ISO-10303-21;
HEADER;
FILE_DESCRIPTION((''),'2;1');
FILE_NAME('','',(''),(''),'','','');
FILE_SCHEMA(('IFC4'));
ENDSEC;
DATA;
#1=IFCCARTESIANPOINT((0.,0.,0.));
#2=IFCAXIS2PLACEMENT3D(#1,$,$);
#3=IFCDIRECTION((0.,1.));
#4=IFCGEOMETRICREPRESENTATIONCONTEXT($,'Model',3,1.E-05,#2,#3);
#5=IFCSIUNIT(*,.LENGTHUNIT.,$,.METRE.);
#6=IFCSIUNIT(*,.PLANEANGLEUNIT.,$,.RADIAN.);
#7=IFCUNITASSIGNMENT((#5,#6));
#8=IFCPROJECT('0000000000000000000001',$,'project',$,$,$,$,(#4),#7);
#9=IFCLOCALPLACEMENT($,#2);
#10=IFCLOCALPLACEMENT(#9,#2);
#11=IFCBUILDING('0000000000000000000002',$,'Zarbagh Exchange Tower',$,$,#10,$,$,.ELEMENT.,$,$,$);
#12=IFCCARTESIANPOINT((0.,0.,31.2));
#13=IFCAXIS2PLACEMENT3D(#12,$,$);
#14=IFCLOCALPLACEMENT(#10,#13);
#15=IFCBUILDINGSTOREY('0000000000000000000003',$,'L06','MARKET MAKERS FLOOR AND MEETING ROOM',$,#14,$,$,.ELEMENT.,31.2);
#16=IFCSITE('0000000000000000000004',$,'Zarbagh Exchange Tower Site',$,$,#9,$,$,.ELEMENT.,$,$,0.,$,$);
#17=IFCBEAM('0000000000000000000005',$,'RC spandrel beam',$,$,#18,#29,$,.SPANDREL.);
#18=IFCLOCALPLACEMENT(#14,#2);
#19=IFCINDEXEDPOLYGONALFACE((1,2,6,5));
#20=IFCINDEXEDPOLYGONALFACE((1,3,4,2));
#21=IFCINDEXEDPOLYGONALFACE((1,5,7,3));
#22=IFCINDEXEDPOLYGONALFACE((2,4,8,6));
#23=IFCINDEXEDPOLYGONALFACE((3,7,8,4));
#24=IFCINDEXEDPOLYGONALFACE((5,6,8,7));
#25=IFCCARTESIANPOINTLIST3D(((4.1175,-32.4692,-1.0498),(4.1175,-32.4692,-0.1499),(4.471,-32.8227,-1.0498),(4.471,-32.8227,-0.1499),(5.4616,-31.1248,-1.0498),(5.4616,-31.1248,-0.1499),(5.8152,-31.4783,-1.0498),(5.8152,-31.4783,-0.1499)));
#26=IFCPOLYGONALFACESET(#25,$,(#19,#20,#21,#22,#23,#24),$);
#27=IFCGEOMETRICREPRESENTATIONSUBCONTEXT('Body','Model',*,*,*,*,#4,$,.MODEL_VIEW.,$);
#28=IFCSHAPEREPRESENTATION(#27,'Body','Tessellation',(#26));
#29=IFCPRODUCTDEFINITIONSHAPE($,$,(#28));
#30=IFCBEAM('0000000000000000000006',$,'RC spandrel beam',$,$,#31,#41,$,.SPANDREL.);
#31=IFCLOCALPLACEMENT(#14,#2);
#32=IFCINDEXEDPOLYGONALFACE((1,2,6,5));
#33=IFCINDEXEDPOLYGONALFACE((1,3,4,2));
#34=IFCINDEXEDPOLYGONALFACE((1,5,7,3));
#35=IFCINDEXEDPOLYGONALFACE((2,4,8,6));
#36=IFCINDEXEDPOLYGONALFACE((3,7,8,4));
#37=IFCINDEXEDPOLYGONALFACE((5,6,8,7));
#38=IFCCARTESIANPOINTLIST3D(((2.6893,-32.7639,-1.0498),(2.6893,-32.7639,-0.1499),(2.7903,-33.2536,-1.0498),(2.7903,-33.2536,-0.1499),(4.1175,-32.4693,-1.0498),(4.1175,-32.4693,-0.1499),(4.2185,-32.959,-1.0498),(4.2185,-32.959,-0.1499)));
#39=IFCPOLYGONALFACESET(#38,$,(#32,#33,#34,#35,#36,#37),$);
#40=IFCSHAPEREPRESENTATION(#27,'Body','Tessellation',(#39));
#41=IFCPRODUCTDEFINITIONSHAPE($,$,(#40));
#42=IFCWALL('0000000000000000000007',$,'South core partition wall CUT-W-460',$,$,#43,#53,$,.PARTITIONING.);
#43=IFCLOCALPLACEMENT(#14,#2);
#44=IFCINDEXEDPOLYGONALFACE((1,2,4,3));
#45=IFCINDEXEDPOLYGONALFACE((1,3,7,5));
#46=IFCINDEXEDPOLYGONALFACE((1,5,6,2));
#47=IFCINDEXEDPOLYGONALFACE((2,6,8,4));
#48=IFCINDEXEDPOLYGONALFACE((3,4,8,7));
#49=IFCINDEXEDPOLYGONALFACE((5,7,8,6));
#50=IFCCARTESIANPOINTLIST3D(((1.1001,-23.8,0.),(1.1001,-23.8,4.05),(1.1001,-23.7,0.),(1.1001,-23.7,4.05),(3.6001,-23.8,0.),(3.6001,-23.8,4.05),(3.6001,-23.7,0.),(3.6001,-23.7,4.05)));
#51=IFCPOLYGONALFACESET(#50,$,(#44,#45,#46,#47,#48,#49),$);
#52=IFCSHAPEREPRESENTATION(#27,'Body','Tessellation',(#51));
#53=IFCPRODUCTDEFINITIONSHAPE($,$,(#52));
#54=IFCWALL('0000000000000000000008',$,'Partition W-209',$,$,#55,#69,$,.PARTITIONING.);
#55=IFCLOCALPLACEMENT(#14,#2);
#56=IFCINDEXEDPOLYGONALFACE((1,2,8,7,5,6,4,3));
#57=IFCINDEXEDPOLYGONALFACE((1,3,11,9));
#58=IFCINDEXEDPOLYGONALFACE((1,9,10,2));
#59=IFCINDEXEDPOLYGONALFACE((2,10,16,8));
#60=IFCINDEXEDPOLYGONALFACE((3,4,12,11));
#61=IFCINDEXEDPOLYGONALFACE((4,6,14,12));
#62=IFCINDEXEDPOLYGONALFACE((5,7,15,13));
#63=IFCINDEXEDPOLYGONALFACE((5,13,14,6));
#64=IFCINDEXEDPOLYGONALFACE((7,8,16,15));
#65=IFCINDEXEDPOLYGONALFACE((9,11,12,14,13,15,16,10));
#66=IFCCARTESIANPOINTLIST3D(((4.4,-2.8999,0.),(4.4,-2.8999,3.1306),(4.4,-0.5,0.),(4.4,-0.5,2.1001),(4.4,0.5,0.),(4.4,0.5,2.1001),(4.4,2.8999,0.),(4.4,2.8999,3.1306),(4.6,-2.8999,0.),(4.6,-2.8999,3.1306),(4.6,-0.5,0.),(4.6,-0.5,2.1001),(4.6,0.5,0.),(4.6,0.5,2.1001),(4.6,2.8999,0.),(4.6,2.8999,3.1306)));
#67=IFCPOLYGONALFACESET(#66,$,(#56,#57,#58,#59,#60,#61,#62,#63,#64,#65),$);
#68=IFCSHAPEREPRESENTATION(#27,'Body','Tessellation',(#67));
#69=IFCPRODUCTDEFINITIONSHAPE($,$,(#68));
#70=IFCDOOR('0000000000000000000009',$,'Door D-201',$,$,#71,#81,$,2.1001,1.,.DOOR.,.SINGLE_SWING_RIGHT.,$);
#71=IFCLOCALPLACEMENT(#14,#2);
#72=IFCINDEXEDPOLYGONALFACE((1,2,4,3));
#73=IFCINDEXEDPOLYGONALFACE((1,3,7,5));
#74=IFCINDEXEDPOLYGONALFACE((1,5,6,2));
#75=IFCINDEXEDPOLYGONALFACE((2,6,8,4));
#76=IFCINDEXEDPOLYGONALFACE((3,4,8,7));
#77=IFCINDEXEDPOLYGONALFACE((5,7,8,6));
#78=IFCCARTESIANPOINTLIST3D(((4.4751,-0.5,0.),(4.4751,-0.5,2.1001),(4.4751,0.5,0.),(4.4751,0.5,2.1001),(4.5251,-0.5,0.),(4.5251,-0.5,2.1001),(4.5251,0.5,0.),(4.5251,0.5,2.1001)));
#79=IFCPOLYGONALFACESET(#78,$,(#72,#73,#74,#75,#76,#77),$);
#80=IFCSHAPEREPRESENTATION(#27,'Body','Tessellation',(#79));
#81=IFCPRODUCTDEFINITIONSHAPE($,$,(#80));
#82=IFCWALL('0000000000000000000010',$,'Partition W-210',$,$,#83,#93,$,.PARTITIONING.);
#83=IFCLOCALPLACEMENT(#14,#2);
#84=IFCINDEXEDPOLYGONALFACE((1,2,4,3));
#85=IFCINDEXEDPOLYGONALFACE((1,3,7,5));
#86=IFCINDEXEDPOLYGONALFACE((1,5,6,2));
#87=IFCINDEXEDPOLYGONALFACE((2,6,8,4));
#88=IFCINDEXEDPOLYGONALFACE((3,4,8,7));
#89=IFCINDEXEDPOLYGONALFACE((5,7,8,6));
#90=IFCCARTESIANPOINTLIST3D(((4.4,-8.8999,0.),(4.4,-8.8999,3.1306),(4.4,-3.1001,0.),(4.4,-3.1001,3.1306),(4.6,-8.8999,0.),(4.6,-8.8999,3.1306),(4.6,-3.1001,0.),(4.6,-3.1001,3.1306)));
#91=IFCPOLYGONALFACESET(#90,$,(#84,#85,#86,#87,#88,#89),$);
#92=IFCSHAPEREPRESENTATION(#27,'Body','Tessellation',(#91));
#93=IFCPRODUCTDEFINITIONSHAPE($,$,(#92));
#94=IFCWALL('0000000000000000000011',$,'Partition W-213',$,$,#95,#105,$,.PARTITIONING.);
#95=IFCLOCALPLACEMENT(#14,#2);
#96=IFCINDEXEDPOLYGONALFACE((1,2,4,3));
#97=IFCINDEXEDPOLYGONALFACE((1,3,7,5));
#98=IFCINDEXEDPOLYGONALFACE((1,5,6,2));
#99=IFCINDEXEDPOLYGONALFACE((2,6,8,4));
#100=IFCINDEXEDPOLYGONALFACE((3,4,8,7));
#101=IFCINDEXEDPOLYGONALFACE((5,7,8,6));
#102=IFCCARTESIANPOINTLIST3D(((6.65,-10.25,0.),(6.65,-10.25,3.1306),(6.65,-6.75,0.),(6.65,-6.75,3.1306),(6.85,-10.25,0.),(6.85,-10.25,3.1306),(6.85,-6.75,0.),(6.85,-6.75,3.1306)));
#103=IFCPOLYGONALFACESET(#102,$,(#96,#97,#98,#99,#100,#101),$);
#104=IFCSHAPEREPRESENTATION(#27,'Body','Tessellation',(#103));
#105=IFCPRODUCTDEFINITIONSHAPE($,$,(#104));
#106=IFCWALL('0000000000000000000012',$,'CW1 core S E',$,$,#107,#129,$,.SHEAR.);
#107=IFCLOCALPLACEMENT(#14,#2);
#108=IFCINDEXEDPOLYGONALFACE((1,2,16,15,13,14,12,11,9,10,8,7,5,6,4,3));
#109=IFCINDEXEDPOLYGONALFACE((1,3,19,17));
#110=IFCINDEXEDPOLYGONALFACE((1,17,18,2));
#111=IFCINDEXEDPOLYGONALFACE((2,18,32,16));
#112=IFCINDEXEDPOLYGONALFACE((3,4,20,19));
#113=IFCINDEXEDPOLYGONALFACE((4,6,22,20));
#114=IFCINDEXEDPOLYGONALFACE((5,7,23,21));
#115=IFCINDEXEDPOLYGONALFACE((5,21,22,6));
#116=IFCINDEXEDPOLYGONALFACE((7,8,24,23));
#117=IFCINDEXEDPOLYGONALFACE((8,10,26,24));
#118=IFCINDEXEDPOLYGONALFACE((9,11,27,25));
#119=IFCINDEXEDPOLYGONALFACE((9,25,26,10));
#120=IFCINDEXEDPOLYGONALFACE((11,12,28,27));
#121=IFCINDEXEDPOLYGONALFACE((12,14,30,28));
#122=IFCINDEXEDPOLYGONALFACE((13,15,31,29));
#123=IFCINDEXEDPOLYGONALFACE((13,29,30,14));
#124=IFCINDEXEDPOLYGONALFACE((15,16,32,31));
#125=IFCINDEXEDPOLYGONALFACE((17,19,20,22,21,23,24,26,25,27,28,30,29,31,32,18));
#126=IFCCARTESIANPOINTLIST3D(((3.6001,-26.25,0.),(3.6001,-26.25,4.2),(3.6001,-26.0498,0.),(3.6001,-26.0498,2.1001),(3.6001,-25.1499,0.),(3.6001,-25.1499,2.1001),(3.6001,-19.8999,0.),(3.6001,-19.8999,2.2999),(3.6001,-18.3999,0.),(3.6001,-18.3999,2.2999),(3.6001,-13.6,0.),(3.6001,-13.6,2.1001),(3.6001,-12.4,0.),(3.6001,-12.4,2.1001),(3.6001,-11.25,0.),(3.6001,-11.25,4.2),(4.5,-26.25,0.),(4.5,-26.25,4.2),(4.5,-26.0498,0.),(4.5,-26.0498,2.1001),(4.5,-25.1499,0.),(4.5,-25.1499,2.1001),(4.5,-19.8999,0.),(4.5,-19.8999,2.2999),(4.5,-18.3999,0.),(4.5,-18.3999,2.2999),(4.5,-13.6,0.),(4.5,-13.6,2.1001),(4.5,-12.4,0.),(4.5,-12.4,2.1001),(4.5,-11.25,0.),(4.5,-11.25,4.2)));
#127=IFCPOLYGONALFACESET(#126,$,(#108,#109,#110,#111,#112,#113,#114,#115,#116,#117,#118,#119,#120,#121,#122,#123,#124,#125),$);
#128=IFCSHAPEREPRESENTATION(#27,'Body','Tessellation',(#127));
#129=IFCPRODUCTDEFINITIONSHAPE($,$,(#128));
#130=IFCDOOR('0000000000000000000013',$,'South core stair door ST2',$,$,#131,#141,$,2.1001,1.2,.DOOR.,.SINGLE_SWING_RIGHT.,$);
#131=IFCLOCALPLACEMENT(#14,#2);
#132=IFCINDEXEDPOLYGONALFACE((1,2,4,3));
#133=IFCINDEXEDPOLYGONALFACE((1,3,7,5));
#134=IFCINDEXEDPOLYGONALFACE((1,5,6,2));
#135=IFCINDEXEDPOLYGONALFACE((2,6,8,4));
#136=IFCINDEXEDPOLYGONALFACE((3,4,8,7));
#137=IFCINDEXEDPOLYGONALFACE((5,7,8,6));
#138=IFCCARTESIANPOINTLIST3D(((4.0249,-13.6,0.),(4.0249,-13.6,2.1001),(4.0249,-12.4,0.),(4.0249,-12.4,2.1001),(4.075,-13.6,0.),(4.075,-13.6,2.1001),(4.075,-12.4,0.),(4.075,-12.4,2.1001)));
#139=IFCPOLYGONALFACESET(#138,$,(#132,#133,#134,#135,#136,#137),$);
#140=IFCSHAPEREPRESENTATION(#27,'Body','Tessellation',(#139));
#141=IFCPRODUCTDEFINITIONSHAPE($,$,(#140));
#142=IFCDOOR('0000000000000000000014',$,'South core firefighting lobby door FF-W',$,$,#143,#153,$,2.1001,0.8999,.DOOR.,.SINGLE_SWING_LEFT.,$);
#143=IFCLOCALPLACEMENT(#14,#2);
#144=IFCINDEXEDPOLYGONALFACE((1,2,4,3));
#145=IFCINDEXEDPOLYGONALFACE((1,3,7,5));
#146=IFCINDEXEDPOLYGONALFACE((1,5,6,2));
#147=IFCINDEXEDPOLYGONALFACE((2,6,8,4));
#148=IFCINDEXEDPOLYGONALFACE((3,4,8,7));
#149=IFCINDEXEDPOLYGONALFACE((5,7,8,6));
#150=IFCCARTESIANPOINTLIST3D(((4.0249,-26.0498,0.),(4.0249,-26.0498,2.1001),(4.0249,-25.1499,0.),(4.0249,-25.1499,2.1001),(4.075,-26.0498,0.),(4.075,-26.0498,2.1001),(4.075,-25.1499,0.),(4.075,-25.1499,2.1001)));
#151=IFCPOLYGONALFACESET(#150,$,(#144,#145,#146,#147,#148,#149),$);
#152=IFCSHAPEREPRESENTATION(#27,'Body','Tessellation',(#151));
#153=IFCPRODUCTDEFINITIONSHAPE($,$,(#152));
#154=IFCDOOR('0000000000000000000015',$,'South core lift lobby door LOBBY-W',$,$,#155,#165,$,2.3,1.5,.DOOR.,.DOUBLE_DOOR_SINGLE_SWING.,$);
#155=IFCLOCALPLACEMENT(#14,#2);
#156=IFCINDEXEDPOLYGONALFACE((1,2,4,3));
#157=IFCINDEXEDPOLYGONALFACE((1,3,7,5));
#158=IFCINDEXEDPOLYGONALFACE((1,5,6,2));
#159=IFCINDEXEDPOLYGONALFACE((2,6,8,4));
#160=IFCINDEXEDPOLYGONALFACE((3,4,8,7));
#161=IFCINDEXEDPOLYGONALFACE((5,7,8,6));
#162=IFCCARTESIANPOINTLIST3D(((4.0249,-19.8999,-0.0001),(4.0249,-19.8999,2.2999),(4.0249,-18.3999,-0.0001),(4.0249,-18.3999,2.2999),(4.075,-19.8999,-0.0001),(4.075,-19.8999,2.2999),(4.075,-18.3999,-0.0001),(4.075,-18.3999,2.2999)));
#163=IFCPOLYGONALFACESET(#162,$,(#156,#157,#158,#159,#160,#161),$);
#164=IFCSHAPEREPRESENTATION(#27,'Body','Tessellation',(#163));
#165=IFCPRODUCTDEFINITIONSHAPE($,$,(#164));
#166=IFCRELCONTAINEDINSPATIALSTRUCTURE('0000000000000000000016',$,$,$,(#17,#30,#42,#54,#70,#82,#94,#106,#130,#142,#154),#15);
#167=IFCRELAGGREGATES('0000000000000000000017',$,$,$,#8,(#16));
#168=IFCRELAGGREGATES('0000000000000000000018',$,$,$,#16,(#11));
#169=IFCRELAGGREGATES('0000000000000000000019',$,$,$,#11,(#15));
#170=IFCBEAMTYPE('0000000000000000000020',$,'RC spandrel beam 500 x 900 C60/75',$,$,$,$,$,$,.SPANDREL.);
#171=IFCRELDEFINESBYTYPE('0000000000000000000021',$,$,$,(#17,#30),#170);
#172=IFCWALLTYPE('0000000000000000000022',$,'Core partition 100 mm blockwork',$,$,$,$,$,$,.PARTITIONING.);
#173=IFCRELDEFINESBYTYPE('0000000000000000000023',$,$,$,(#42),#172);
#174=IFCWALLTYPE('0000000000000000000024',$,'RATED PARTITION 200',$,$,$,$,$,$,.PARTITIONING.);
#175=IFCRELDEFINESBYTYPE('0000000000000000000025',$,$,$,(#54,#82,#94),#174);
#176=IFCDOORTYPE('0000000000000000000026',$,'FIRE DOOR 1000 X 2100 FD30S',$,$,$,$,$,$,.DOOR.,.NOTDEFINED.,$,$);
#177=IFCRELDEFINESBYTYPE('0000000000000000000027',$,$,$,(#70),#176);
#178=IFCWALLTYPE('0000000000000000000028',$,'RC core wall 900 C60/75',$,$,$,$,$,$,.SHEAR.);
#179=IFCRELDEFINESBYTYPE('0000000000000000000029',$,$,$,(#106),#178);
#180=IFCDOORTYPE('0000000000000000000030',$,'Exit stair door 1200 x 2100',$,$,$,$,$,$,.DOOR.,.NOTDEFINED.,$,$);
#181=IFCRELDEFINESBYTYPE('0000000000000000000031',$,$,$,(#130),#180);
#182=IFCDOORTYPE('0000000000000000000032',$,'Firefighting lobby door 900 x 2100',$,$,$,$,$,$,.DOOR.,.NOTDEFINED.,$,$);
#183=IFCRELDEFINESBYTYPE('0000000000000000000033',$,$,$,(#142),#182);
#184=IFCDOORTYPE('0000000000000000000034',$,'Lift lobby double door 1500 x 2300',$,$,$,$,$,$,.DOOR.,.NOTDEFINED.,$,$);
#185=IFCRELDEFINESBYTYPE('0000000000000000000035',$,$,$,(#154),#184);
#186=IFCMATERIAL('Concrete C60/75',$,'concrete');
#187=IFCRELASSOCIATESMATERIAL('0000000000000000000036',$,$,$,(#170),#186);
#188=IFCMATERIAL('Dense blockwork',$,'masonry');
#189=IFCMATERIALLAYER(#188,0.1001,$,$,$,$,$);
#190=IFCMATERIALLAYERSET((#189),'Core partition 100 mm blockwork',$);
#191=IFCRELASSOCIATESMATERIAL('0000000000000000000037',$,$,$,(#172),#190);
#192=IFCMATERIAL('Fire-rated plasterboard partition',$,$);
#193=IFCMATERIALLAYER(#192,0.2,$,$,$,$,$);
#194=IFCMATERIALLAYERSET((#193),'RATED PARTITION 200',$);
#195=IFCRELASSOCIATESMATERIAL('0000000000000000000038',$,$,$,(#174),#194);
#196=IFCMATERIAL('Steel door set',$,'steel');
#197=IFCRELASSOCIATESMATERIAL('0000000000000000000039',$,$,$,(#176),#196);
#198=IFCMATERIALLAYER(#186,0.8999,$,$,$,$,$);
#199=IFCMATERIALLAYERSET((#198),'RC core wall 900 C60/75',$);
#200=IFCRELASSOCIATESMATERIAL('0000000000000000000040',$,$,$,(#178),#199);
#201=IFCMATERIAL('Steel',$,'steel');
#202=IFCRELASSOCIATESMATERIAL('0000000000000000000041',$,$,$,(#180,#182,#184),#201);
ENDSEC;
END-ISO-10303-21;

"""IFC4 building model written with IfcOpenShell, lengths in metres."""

from ifc_helpers import new_model, si_unit, direction, frame, frame_2d, origin, origin_2d, place, context, subcontext, project, spatial, rectangle, extrude, material, layer, layer_set, material_profile, profile_set, type_object, element, fill, save


model = new_model("IFC4")

# Units and contexts
model_context = context("Model", 3, precision=1e-05, world=origin(), true_north=direction((0.0, 1.0)))
body_context = subcontext(model_context, "Body", "Model", "MODEL_VIEW")
ifc_project = project(units=[si_unit("LENGTHUNIT", "METRE"), si_unit("PLANEANGLEUNIT", "RADIAN")], contexts=[model_context])

# Site, building, storey
site_placement = place(None, origin())
site = spatial("IfcSite", under=ifc_project, at=site_placement, Name="Zarbagh Exchange Tower Site", CompositionType="ELEMENT", RefElevation=0.0)
building_placement = place(site_placement, origin())
building = spatial("IfcBuilding", under=site, at=building_placement, Name="Zarbagh Exchange Tower", CompositionType="ELEMENT")
storey_placement = place(building_placement, frame((0.0, 0.0, 31.2)))
storey = spatial("IfcBuildingStorey", under=building, at=storey_placement, Name="L06", Description="MARKET MAKERS FLOOR AND MEETING ROOM", CompositionType="ELEMENT", Elevation=31.2)

# Shared definitions
ifc_material_1 = material(Name="Concrete C60/75", Category="concrete")

# Beams
ifc_material_profile_1 = material_profile(ifc_material_1, rectangle(XDim=0.5, YDim=0.8999, at=origin_2d()), Name="RC spandrel beam 500 x 900 C60/75")
ifc_profile_set_1 = profile_set([ifc_material_profile_1], Name="Concrete C60/75")
beam_type_1 = type_object("IfcBeamType", Name="RC spandrel beam 500 x 900 C60/75", PredefinedType="SPANDREL", material=ifc_profile_set_1)
beam_1_placement = place(storey_placement, frame((5.6384, -31.3015, -0.5999), z_axis=(-0.707043, -0.707171, 0.0), x_axis=(0.707171, -0.707043, 0.0)))
element("IfcBeam", 1, at=beam_1_placement, inside=storey, type_object=beam_type_1, Name="RC spandrel beam", PredefinedType="SPANDREL", context=body_context, shape_type="SweptSolid", body=[
    extrude(rectangle(XDim=0.5, YDim=0.8999, at=origin_2d()), origin(), (0.0, 0.0, 1.0), 1.9011),
])
beam_2_placement = place(storey_placement, frame((4.168, -32.7141, -0.5999), z_axis=(-0.979371, -0.202069, 0.0), x_axis=(0.202069, -0.979371, 0.0)))
element("IfcBeam", 2, at=beam_2_placement, inside=storey, type_object=beam_type_1, Name="RC spandrel beam", PredefinedType="SPANDREL", context=body_context, shape_type="SweptSolid", body=[
    extrude(rectangle(XDim=0.5, YDim=0.8999, at=origin_2d()), origin(), (0.0, 0.0, 1.0), 1.4583),
])

# Wall
ifc_material_2 = material(Name="Dense blockwork", Category="masonry")
ifc_layer_1 = layer(ifc_material_2, 0.1001)
ifc_layer_set_1 = layer_set([ifc_layer_1], Name="Core partition 100 mm blockwork")
wall_type_1 = type_object("IfcWallType", Name="Core partition 100 mm blockwork", PredefinedType="PARTITIONING", material=ifc_layer_set_1)
wall_1_placement = place(storey_placement, frame((3.6001, -23.75, 0.0), z_axis=(0.0, 0.0, 1.0), x_axis=(-1.0, 0.0, 0.0)))
element("IfcWall", 3, at=wall_1_placement, inside=storey, type_object=wall_type_1, Name="South core partition wall CUT-W-460", PredefinedType="PARTITIONING", context=body_context, shape_type="SweptSolid", body=[
    extrude(rectangle(XDim=2.5, YDim=0.1001, at=frame_2d((1.25, 0.0))), origin(), (0.0, 0.0, 1.0), 4.05),
])

# Wall, opening, door
ifc_material_3 = material(Name="Fire-rated plasterboard partition")
ifc_layer_2 = layer(ifc_material_3, 0.2)
ifc_layer_set_2 = layer_set([ifc_layer_2], Name="RATED PARTITION 200")
wall_type_2 = type_object("IfcWallType", Name="RATED PARTITION 200", PredefinedType="PARTITIONING", material=ifc_layer_set_2)
wall_2_placement = place(storey_placement, frame((4.5, -2.8999, 0.0), z_axis=(0.0, 0.0, 1.0), x_axis=(0.0, 1.0, 0.0)))
wall_2 = element("IfcWall", 4, at=wall_2_placement, inside=storey, type_object=wall_type_2, Name="Partition W-209", PredefinedType="PARTITIONING", context=body_context, shape_type="SweptSolid", body=[
    extrude(rectangle(XDim=5.7998, YDim=0.2, at=frame_2d((2.8999, 0.0))), origin(), (0.0, 0.0, 1.0), 3.1306),
])
opening_1_placement = place(wall_2_placement, frame((2.3999, 0.0, 0.0)))
opening_1 = element("IfcOpeningElement", 5, at=opening_1_placement, cuts=wall_2, PredefinedType="OPENING", context=body_context, shape_type="SweptSolid", body=[
    extrude(rectangle(XDim=1.0, YDim=2.1001, at=frame_2d((0.5, 1.05))), frame((0.0, 0.1099, 0.0), z_axis=(0.0, -1.0, 0.0), x_axis=(1.0, 0.0, 0.0)), (0.0, 0.0, 1.0), 0.22),
])
ifc_material_4 = material(Name="Steel door set", Category="steel")
door_type_1 = type_object("IfcDoorType", Name="FIRE DOOR 1000 X 2100 FD30S", OperationType="NOTDEFINED", PredefinedType="DOOR", material=ifc_material_4)
door_1_placement = place(opening_1_placement, origin())
door_1 = element("IfcDoor", 6, at=door_1_placement, inside=storey, type_object=door_type_1, Name="Door D-201", OperationType="SINGLE_SWING_RIGHT", OverallHeight=2.1001, OverallWidth=1.0, PredefinedType="DOOR", context=body_context, shape_type="SweptSolid", body=[
    extrude(rectangle(XDim=1.0, YDim=2.1001, at=frame_2d((0.5, 1.05))), frame((0.0, 0.0249, 0.0), z_axis=(0.0, -1.0, 0.0), x_axis=(1.0, 0.0, 0.0)), (0.0, 0.0, 1.0), 0.05),
])
fill(opening_1, door_1)

# Walls
wall_3_placement = place(storey_placement, frame((4.5, -8.8999, 0.0), z_axis=(0.0, 0.0, 1.0), x_axis=(0.0, 1.0, 0.0)))
element("IfcWall", 7, at=wall_3_placement, inside=storey, type_object=wall_type_2, Name="Partition W-210", PredefinedType="PARTITIONING", context=body_context, shape_type="SweptSolid", body=[
    extrude(rectangle(XDim=5.7998, YDim=0.2, at=frame_2d((2.8999, 0.0))), origin(), (0.0, 0.0, 1.0), 3.1306),
])
wall_4_placement = place(storey_placement, frame((6.75, -10.25, 0.0), z_axis=(0.0, 0.0, 1.0), x_axis=(0.0, 1.0, 0.0)))
element("IfcWall", 8, at=wall_4_placement, inside=storey, type_object=wall_type_2, Name="Partition W-213", PredefinedType="PARTITIONING", context=body_context, shape_type="SweptSolid", body=[
    extrude(rectangle(XDim=3.5, YDim=0.2, at=frame_2d((1.75, 0.0))), origin(), (0.0, 0.0, 1.0), 3.1306),
])

# Wall, openings, doors
ifc_layer_3 = layer(ifc_material_1, 0.8999)
ifc_layer_set_3 = layer_set([ifc_layer_3], Name="RC core wall 900 C60/75")
wall_type_3 = type_object("IfcWallType", Name="RC core wall 900 C60/75", PredefinedType="SHEAR", material=ifc_layer_set_3)
wall_5_placement = place(storey_placement, frame((4.05, -11.25, 0.0), z_axis=(0.0, 0.0, 1.0), x_axis=(0.0, -1.0, 0.0)))
wall_5 = element("IfcWall", 9, at=wall_5_placement, inside=storey, type_object=wall_type_3, Name="CW1 core S E", PredefinedType="SHEAR", context=body_context, shape_type="SweptSolid", body=[
    extrude(rectangle(XDim=15.0, YDim=0.8999, at=frame_2d((7.5, 0.0))), origin(), (0.0, 0.0, 1.0), 4.2),
])
opening_2_placement = place(wall_5_placement, frame((7.1499, 0.0, 0.0)))
opening_2 = element("IfcOpeningElement", 10, at=opening_2_placement, cuts=wall_5, PredefinedType="OPENING", context=body_context, shape_type="SweptSolid", body=[
    extrude(rectangle(XDim=1.5, YDim=2.3, at=frame_2d((0.75, 1.1499))), frame((0.0, 0.46, 0.0), z_axis=(0.0, -1.0, 0.0), x_axis=(1.0, 0.0, 0.0)), (0.0, 0.0, 1.0), 0.9199),
])
opening_3_placement = place(wall_5_placement, frame((13.8999, 0.0, 0.0)))
opening_3 = element("IfcOpeningElement", 11, at=opening_3_placement, cuts=wall_5, PredefinedType="OPENING", context=body_context, shape_type="SweptSolid", body=[
    extrude(rectangle(XDim=0.8999, YDim=2.1001, at=frame_2d((0.45, 1.05))), frame((0.0, 0.46, 0.0), z_axis=(0.0, -1.0, 0.0), x_axis=(1.0, 0.0, 0.0)), (0.0, 0.0, 1.0), 0.9199),
])
opening_4_placement = place(wall_5_placement, frame((1.1499, 0.0, 0.0)))
opening_4 = element("IfcOpeningElement", 12, at=opening_4_placement, cuts=wall_5, PredefinedType="OPENING", context=body_context, shape_type="SweptSolid", body=[
    extrude(rectangle(XDim=1.2, YDim=2.1001, at=frame_2d((0.6001, 1.05))), frame((0.0, 0.46, 0.0), z_axis=(0.0, -1.0, 0.0), x_axis=(1.0, 0.0, 0.0)), (0.0, 0.0, 1.0), 0.9199),
])
ifc_material_5 = material(Name="Steel", Category="steel")
door_type_2 = type_object("IfcDoorType", Name="Exit stair door 1200 x 2100", OperationType="NOTDEFINED", PredefinedType="DOOR", material=ifc_material_5)
door_2_placement = place(opening_4_placement, origin())
door_2 = element("IfcDoor", 13, at=door_2_placement, inside=storey, type_object=door_type_2, Name="South core stair door ST2", OperationType="SINGLE_SWING_RIGHT", OverallHeight=2.1001, OverallWidth=1.2, PredefinedType="DOOR", context=body_context, shape_type="SweptSolid", body=[
    extrude(rectangle(XDim=1.2, YDim=2.1001, at=frame_2d((0.6001, 1.05))), frame((0.0, 0.0249, 0.0), z_axis=(0.0, -1.0, 0.0), x_axis=(1.0, 0.0, 0.0)), (0.0, 0.0, 1.0), 0.05),
])
fill(opening_4, door_2)
door_type_3 = type_object("IfcDoorType", Name="Firefighting lobby door 900 x 2100", OperationType="NOTDEFINED", PredefinedType="DOOR", material=ifc_material_5)
door_3_placement = place(opening_3_placement, origin())
door_3 = element("IfcDoor", 14, at=door_3_placement, inside=storey, type_object=door_type_3, Name="South core firefighting lobby door FF-W", OperationType="SINGLE_SWING_LEFT", OverallHeight=2.1001, OverallWidth=0.8999, PredefinedType="DOOR", context=body_context, shape_type="SweptSolid", body=[
    extrude(rectangle(XDim=0.8999, YDim=2.1001, at=frame_2d((0.45, 1.05))), frame((0.0, 0.0249, 0.0), z_axis=(0.0, -1.0, 0.0), x_axis=(1.0, 0.0, 0.0)), (0.0, 0.0, 1.0), 0.05),
])
fill(opening_3, door_3)
door_type_4 = type_object("IfcDoorType", Name="Lift lobby double door 1500 x 2300", OperationType="NOTDEFINED", PredefinedType="DOOR", material=ifc_material_5)
door_4_placement = place(opening_2_placement, origin())
door_4 = element("IfcDoor", 15, at=door_4_placement, inside=storey, type_object=door_type_4, Name="South core lift lobby door LOBBY-W", OperationType="DOUBLE_DOOR_SINGLE_SWING", OverallHeight=2.3, OverallWidth=1.5, PredefinedType="DOOR", context=body_context, shape_type="SweptSolid", body=[
    extrude(rectangle(XDim=1.5, YDim=2.3, at=frame_2d((0.75, 1.1499))), frame((0.0, 0.0249, 0.0), z_axis=(0.0, -1.0, 0.0), x_axis=(1.0, 0.0, 0.0)), (0.0, 0.0, 1.0), 0.05),
])
fill(opening_2, door_4)

save(model, "model.ifc")
